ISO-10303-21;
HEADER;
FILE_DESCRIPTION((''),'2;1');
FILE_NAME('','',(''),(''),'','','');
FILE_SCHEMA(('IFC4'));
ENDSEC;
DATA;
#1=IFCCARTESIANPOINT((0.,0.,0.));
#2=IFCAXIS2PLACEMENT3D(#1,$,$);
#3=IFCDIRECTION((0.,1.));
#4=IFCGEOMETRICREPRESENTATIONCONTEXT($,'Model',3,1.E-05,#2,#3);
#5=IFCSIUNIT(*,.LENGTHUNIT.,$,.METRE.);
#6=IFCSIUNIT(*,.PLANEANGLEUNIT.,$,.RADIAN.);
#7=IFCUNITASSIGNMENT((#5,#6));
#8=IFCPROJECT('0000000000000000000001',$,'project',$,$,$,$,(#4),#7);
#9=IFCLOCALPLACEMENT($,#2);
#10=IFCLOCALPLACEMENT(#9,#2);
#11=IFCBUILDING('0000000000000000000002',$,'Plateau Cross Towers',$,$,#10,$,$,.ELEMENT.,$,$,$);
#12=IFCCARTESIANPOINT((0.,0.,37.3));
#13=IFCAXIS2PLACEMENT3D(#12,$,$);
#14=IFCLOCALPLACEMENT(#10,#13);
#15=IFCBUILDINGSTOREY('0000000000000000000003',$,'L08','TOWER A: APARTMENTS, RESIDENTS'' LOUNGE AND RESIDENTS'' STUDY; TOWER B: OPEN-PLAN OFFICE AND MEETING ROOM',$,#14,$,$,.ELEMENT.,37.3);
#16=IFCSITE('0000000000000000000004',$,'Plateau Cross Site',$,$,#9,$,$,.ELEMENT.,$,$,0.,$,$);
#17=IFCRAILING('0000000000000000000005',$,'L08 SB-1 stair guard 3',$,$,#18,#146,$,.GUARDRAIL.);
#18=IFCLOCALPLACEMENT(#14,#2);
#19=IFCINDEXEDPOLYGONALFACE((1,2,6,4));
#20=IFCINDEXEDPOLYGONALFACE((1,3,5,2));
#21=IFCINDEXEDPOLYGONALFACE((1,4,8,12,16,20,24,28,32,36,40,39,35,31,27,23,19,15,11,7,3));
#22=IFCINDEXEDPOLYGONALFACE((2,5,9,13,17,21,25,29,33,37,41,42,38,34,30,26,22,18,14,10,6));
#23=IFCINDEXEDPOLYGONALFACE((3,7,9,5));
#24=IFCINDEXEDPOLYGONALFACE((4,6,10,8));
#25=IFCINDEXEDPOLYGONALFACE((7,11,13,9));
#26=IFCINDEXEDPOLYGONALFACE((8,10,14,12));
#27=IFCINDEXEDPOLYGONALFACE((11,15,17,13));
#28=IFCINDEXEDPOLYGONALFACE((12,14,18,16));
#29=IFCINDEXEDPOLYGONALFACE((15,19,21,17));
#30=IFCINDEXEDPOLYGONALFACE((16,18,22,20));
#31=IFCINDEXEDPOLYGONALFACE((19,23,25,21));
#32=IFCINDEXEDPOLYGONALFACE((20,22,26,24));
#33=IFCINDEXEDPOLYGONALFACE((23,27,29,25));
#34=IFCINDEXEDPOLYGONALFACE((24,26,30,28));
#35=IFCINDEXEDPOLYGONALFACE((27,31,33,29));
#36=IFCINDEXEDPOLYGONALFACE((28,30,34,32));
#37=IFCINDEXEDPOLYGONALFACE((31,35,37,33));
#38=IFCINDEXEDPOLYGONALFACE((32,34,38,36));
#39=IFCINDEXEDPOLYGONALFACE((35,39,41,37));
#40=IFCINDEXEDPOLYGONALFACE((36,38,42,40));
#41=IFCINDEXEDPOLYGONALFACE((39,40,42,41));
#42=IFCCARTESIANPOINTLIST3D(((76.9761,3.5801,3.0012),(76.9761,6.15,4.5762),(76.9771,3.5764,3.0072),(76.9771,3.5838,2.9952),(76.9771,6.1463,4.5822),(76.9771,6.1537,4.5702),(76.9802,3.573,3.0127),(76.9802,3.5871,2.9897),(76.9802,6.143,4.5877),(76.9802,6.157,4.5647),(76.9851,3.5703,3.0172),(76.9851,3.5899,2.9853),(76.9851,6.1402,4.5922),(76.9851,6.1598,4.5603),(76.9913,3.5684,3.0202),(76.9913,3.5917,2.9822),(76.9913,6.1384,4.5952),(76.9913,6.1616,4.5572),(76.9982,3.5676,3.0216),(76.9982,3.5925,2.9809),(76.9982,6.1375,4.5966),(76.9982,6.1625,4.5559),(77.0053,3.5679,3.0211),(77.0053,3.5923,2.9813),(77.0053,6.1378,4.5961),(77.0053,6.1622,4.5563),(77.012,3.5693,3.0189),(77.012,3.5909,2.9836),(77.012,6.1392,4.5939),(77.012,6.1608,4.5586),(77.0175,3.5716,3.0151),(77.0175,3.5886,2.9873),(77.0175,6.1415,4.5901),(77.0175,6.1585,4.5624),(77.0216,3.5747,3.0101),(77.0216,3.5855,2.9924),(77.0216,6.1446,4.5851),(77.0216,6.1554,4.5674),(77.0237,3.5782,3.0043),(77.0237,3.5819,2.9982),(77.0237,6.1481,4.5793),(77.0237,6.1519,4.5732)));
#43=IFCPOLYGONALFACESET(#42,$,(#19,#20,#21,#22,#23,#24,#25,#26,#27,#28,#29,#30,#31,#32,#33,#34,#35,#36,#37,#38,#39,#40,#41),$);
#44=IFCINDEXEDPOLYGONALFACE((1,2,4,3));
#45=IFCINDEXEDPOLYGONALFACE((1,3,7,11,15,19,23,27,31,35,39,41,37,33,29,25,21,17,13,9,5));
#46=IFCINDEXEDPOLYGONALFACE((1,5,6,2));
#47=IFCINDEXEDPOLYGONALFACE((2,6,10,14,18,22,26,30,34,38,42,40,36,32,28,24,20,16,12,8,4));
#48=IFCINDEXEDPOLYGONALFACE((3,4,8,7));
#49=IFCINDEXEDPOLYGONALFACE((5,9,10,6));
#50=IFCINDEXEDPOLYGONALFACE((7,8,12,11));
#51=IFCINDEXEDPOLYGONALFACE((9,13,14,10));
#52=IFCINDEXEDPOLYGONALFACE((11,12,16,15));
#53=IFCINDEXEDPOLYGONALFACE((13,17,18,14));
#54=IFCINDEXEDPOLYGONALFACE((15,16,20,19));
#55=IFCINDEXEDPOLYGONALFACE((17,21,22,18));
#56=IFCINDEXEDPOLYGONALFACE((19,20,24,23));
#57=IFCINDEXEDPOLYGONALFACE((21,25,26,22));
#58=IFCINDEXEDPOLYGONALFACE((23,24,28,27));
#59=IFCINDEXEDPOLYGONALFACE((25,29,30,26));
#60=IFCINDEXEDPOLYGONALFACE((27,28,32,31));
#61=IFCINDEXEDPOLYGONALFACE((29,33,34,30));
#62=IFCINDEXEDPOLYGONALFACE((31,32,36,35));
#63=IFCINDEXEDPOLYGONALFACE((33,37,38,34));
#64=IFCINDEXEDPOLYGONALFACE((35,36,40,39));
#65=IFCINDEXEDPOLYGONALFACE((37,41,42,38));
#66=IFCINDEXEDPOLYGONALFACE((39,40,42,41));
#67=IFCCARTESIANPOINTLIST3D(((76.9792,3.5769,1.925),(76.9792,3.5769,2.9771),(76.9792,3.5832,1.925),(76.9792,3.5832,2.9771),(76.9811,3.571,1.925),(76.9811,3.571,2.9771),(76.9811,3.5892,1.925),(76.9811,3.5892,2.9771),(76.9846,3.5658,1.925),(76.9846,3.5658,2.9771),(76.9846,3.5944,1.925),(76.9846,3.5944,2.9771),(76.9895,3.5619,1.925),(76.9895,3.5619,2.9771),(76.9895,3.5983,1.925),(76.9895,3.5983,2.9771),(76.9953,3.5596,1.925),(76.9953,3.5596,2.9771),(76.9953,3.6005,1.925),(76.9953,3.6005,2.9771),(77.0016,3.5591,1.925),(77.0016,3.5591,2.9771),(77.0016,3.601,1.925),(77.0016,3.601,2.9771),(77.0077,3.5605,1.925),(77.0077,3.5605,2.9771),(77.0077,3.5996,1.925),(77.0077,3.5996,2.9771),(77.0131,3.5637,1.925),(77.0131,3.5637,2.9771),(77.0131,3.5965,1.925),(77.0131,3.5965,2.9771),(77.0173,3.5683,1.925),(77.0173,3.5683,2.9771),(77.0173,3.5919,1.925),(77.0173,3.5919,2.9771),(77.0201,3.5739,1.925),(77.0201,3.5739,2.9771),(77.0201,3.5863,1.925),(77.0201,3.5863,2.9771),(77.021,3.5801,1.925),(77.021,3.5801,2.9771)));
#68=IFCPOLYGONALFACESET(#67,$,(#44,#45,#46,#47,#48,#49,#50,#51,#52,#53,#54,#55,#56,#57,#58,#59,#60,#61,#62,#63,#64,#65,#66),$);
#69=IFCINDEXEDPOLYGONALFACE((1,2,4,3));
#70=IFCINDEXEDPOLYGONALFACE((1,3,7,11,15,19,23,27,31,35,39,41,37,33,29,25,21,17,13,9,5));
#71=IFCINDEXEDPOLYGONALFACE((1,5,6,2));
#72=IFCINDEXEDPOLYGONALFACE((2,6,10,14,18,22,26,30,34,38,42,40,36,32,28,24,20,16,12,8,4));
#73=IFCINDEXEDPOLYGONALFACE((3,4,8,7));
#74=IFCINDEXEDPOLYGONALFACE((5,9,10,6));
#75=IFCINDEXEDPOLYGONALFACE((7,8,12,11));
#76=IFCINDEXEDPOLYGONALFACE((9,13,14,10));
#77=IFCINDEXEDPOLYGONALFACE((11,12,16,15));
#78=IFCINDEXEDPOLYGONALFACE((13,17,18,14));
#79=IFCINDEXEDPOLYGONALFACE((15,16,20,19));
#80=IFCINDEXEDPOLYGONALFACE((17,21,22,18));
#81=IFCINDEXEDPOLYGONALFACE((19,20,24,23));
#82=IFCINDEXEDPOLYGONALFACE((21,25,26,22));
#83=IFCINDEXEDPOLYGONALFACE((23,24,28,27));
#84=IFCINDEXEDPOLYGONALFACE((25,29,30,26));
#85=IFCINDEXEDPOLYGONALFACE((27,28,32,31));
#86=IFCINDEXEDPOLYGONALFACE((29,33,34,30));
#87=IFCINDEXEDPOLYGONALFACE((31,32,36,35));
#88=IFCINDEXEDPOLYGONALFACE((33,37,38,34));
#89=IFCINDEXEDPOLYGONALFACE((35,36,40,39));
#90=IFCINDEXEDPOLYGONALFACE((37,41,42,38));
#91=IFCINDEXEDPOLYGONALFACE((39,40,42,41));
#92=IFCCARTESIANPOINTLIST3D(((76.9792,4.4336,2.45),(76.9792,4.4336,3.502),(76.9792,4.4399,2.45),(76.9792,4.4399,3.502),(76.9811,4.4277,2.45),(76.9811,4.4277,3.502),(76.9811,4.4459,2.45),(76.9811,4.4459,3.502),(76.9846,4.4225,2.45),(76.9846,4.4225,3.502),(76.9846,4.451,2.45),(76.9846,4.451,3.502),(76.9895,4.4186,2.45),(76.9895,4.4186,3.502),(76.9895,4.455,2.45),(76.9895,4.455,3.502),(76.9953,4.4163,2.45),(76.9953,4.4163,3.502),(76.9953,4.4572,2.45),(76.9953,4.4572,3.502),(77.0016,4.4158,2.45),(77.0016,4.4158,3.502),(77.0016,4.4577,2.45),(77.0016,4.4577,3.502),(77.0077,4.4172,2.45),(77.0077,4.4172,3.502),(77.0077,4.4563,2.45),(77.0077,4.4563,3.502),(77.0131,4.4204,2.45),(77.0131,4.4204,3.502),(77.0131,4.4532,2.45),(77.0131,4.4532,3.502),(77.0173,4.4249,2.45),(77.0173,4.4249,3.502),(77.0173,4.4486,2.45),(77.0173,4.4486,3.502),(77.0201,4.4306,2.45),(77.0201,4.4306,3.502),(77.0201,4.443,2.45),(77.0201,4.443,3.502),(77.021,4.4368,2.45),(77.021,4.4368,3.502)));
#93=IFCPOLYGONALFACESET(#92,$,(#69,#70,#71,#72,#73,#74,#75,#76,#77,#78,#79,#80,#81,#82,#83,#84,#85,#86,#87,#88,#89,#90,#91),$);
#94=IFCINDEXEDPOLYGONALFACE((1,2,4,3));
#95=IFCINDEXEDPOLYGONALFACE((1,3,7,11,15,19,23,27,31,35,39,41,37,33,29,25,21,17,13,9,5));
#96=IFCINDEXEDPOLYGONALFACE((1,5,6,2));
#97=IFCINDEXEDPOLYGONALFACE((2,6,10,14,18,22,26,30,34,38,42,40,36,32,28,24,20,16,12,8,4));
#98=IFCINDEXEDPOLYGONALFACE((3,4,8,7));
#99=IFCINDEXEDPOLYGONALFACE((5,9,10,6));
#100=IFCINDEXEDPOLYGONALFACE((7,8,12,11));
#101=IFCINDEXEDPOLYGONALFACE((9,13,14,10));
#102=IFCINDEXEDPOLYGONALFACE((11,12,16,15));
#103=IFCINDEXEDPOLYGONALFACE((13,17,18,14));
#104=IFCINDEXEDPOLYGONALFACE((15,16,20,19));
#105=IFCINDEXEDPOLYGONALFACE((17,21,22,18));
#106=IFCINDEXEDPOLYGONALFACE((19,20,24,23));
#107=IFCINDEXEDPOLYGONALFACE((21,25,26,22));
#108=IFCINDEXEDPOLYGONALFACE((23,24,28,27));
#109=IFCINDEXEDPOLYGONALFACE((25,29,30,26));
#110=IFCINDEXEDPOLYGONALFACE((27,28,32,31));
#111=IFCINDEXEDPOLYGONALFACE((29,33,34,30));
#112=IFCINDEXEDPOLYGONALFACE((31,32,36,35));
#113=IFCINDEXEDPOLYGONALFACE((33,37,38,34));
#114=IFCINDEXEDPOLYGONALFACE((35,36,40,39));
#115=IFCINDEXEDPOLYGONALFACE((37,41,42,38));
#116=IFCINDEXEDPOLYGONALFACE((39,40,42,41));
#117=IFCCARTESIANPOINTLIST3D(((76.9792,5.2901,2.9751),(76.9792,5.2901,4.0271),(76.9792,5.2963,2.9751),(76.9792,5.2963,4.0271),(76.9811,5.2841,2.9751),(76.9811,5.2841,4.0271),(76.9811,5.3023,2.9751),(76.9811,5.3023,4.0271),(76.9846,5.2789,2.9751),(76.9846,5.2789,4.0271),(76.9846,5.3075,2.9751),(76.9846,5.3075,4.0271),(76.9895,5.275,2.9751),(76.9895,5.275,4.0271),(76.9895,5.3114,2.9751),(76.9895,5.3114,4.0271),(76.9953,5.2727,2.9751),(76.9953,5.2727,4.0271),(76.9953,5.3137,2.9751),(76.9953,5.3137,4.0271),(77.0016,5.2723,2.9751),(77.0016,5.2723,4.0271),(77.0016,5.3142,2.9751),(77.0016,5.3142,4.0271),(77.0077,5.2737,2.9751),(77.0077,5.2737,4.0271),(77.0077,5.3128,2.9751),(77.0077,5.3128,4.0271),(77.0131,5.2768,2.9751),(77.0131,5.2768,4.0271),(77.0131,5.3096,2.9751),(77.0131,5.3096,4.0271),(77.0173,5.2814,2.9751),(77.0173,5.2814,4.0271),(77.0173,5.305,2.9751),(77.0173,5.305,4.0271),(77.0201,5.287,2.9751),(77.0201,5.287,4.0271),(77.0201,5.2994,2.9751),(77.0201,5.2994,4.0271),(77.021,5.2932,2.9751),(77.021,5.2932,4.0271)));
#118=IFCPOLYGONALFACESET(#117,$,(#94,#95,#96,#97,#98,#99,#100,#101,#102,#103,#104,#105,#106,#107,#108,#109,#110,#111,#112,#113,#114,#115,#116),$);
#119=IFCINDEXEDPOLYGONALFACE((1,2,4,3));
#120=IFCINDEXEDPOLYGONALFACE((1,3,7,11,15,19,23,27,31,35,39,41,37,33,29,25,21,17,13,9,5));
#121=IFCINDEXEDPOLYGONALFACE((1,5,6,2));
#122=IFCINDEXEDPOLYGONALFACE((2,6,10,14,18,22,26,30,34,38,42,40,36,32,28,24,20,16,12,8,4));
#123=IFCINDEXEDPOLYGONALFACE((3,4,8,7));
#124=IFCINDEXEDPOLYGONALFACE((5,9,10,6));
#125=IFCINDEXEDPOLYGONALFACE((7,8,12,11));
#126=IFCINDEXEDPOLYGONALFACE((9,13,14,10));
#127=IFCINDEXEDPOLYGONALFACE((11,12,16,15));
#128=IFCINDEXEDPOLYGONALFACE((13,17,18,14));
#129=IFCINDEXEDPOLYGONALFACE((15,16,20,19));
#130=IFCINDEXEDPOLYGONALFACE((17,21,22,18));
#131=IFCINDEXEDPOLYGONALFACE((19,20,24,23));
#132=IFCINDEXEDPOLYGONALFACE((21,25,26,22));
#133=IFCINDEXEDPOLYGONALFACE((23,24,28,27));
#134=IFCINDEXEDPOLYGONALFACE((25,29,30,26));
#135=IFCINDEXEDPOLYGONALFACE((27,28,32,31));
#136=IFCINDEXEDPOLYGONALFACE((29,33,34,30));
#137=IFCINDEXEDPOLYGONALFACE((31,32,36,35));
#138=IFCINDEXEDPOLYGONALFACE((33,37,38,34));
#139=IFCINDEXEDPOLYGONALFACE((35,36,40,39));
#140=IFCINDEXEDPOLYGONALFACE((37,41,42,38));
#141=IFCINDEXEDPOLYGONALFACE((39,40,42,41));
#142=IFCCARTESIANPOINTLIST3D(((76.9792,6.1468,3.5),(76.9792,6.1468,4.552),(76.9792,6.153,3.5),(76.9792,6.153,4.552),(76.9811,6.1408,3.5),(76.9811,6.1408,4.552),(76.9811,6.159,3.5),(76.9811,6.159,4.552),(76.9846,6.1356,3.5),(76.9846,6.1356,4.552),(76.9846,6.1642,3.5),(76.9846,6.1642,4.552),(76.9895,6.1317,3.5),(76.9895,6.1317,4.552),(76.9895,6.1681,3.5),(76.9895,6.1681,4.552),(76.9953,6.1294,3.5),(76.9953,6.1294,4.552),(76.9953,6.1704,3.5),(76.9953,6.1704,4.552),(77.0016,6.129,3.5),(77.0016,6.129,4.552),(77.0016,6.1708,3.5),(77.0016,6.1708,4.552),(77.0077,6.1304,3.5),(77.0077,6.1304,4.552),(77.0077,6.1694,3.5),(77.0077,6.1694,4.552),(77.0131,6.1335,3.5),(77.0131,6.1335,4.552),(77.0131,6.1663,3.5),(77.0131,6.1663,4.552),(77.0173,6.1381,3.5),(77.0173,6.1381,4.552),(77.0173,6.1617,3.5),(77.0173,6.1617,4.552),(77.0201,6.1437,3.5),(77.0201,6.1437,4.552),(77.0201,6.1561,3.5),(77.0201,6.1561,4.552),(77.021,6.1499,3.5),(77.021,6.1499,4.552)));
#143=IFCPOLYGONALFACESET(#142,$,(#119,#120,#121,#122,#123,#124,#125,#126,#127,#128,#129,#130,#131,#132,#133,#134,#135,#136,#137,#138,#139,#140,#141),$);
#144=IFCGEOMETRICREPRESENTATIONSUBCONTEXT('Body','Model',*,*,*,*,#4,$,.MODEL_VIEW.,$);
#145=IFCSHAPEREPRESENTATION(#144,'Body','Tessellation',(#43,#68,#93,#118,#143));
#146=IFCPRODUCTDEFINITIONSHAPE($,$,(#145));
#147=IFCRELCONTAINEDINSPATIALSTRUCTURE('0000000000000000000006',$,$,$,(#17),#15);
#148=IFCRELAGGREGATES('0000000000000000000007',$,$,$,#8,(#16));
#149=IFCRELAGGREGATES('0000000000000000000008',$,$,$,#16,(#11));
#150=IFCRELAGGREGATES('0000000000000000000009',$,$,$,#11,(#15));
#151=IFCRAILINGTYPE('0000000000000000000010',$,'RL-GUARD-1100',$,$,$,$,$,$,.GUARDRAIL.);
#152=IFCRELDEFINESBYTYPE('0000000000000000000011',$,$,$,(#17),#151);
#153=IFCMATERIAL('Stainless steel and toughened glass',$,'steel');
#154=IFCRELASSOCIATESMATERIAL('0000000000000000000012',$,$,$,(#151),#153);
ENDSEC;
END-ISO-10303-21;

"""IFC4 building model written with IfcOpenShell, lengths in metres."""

from ifc_helpers import new_model, si_unit, direction, frame, origin, origin_2d, place, context, subcontext, project, spatial, circle, extrude, material, type_object, element, save


model = new_model("IFC4")

# Units and contexts
model_context = context("Model", 3, precision=1e-05, world=origin(), true_north=direction((0.0, 1.0)))
body_context = subcontext(model_context, "Body", "Model", "MODEL_VIEW")
ifc_project = project(units=[si_unit("LENGTHUNIT", "METRE"), si_unit("PLANEANGLEUNIT", "RADIAN")], contexts=[model_context])

# Site, building, storey
site_placement = place(None, origin())
site = spatial("IfcSite", under=ifc_project, at=site_placement, Name="Plateau Cross Site", CompositionType="ELEMENT", RefElevation=0.0)
building_placement = place(site_placement, origin())
building = spatial("IfcBuilding", under=site, at=building_placement, Name="Plateau Cross Towers", CompositionType="ELEMENT")
storey_placement = place(building_placement, frame((0.0, 0.0, 37.3)))
storey = spatial("IfcBuildingStorey", under=building, at=storey_placement, Name="L08", Description="TOWER A: APARTMENTS, RESIDENTS' LOUNGE AND RESIDENTS' STUDY; TOWER B: OPEN-PLAN OFFICE AND MEETING ROOM", CompositionType="ELEMENT", Elevation=37.3)

# Railing
ifc_material_1 = material(Name="Stainless steel and toughened glass", Category="steel")
railing_type_1 = type_object("IfcRailingType", Name="RL-GUARD-1100", PredefinedType="GUARDRAIL", material=ifc_material_1)
railing_1_placement = place(storey_placement, frame((77.0, 3.5801, 1.925)))
element("IfcRailing", 1, at=railing_1_placement, inside=storey, type_object=railing_type_1, Name="L08 SB-1 stair guard 3", PredefinedType="GUARDRAIL", context=body_context, shape_type="SweptSolid", body=[
    extrude(circle(Radius=0.0239, at=origin_2d()), frame((0.0, 0.0, 1.0762), z_axis=(0.0, 0.852616, 0.522537), x_axis=(-1.0, 0.0, 0.0)), (0.0, 0.0, 1.0), 3.0142),
    extrude(circle(Radius=0.021, at=origin_2d()), origin(), (0.0, 0.0, 1.0), 1.052),
    extrude(circle(Radius=0.021, at=origin_2d()), frame((0.0, 0.8567, 0.5249)), (0.0, 0.0, 1.0), 1.052),
    extrude(circle(Radius=0.021, at=origin_2d()), frame((0.0, 1.7131, 1.05)), (0.0, 0.0, 1.0), 1.052),
    extrude(circle(Radius=0.021, at=origin_2d()), frame((0.0, 2.5698, 1.575)), (0.0, 0.0, 1.0), 1.052),
])

save(model, "model.ifc")
